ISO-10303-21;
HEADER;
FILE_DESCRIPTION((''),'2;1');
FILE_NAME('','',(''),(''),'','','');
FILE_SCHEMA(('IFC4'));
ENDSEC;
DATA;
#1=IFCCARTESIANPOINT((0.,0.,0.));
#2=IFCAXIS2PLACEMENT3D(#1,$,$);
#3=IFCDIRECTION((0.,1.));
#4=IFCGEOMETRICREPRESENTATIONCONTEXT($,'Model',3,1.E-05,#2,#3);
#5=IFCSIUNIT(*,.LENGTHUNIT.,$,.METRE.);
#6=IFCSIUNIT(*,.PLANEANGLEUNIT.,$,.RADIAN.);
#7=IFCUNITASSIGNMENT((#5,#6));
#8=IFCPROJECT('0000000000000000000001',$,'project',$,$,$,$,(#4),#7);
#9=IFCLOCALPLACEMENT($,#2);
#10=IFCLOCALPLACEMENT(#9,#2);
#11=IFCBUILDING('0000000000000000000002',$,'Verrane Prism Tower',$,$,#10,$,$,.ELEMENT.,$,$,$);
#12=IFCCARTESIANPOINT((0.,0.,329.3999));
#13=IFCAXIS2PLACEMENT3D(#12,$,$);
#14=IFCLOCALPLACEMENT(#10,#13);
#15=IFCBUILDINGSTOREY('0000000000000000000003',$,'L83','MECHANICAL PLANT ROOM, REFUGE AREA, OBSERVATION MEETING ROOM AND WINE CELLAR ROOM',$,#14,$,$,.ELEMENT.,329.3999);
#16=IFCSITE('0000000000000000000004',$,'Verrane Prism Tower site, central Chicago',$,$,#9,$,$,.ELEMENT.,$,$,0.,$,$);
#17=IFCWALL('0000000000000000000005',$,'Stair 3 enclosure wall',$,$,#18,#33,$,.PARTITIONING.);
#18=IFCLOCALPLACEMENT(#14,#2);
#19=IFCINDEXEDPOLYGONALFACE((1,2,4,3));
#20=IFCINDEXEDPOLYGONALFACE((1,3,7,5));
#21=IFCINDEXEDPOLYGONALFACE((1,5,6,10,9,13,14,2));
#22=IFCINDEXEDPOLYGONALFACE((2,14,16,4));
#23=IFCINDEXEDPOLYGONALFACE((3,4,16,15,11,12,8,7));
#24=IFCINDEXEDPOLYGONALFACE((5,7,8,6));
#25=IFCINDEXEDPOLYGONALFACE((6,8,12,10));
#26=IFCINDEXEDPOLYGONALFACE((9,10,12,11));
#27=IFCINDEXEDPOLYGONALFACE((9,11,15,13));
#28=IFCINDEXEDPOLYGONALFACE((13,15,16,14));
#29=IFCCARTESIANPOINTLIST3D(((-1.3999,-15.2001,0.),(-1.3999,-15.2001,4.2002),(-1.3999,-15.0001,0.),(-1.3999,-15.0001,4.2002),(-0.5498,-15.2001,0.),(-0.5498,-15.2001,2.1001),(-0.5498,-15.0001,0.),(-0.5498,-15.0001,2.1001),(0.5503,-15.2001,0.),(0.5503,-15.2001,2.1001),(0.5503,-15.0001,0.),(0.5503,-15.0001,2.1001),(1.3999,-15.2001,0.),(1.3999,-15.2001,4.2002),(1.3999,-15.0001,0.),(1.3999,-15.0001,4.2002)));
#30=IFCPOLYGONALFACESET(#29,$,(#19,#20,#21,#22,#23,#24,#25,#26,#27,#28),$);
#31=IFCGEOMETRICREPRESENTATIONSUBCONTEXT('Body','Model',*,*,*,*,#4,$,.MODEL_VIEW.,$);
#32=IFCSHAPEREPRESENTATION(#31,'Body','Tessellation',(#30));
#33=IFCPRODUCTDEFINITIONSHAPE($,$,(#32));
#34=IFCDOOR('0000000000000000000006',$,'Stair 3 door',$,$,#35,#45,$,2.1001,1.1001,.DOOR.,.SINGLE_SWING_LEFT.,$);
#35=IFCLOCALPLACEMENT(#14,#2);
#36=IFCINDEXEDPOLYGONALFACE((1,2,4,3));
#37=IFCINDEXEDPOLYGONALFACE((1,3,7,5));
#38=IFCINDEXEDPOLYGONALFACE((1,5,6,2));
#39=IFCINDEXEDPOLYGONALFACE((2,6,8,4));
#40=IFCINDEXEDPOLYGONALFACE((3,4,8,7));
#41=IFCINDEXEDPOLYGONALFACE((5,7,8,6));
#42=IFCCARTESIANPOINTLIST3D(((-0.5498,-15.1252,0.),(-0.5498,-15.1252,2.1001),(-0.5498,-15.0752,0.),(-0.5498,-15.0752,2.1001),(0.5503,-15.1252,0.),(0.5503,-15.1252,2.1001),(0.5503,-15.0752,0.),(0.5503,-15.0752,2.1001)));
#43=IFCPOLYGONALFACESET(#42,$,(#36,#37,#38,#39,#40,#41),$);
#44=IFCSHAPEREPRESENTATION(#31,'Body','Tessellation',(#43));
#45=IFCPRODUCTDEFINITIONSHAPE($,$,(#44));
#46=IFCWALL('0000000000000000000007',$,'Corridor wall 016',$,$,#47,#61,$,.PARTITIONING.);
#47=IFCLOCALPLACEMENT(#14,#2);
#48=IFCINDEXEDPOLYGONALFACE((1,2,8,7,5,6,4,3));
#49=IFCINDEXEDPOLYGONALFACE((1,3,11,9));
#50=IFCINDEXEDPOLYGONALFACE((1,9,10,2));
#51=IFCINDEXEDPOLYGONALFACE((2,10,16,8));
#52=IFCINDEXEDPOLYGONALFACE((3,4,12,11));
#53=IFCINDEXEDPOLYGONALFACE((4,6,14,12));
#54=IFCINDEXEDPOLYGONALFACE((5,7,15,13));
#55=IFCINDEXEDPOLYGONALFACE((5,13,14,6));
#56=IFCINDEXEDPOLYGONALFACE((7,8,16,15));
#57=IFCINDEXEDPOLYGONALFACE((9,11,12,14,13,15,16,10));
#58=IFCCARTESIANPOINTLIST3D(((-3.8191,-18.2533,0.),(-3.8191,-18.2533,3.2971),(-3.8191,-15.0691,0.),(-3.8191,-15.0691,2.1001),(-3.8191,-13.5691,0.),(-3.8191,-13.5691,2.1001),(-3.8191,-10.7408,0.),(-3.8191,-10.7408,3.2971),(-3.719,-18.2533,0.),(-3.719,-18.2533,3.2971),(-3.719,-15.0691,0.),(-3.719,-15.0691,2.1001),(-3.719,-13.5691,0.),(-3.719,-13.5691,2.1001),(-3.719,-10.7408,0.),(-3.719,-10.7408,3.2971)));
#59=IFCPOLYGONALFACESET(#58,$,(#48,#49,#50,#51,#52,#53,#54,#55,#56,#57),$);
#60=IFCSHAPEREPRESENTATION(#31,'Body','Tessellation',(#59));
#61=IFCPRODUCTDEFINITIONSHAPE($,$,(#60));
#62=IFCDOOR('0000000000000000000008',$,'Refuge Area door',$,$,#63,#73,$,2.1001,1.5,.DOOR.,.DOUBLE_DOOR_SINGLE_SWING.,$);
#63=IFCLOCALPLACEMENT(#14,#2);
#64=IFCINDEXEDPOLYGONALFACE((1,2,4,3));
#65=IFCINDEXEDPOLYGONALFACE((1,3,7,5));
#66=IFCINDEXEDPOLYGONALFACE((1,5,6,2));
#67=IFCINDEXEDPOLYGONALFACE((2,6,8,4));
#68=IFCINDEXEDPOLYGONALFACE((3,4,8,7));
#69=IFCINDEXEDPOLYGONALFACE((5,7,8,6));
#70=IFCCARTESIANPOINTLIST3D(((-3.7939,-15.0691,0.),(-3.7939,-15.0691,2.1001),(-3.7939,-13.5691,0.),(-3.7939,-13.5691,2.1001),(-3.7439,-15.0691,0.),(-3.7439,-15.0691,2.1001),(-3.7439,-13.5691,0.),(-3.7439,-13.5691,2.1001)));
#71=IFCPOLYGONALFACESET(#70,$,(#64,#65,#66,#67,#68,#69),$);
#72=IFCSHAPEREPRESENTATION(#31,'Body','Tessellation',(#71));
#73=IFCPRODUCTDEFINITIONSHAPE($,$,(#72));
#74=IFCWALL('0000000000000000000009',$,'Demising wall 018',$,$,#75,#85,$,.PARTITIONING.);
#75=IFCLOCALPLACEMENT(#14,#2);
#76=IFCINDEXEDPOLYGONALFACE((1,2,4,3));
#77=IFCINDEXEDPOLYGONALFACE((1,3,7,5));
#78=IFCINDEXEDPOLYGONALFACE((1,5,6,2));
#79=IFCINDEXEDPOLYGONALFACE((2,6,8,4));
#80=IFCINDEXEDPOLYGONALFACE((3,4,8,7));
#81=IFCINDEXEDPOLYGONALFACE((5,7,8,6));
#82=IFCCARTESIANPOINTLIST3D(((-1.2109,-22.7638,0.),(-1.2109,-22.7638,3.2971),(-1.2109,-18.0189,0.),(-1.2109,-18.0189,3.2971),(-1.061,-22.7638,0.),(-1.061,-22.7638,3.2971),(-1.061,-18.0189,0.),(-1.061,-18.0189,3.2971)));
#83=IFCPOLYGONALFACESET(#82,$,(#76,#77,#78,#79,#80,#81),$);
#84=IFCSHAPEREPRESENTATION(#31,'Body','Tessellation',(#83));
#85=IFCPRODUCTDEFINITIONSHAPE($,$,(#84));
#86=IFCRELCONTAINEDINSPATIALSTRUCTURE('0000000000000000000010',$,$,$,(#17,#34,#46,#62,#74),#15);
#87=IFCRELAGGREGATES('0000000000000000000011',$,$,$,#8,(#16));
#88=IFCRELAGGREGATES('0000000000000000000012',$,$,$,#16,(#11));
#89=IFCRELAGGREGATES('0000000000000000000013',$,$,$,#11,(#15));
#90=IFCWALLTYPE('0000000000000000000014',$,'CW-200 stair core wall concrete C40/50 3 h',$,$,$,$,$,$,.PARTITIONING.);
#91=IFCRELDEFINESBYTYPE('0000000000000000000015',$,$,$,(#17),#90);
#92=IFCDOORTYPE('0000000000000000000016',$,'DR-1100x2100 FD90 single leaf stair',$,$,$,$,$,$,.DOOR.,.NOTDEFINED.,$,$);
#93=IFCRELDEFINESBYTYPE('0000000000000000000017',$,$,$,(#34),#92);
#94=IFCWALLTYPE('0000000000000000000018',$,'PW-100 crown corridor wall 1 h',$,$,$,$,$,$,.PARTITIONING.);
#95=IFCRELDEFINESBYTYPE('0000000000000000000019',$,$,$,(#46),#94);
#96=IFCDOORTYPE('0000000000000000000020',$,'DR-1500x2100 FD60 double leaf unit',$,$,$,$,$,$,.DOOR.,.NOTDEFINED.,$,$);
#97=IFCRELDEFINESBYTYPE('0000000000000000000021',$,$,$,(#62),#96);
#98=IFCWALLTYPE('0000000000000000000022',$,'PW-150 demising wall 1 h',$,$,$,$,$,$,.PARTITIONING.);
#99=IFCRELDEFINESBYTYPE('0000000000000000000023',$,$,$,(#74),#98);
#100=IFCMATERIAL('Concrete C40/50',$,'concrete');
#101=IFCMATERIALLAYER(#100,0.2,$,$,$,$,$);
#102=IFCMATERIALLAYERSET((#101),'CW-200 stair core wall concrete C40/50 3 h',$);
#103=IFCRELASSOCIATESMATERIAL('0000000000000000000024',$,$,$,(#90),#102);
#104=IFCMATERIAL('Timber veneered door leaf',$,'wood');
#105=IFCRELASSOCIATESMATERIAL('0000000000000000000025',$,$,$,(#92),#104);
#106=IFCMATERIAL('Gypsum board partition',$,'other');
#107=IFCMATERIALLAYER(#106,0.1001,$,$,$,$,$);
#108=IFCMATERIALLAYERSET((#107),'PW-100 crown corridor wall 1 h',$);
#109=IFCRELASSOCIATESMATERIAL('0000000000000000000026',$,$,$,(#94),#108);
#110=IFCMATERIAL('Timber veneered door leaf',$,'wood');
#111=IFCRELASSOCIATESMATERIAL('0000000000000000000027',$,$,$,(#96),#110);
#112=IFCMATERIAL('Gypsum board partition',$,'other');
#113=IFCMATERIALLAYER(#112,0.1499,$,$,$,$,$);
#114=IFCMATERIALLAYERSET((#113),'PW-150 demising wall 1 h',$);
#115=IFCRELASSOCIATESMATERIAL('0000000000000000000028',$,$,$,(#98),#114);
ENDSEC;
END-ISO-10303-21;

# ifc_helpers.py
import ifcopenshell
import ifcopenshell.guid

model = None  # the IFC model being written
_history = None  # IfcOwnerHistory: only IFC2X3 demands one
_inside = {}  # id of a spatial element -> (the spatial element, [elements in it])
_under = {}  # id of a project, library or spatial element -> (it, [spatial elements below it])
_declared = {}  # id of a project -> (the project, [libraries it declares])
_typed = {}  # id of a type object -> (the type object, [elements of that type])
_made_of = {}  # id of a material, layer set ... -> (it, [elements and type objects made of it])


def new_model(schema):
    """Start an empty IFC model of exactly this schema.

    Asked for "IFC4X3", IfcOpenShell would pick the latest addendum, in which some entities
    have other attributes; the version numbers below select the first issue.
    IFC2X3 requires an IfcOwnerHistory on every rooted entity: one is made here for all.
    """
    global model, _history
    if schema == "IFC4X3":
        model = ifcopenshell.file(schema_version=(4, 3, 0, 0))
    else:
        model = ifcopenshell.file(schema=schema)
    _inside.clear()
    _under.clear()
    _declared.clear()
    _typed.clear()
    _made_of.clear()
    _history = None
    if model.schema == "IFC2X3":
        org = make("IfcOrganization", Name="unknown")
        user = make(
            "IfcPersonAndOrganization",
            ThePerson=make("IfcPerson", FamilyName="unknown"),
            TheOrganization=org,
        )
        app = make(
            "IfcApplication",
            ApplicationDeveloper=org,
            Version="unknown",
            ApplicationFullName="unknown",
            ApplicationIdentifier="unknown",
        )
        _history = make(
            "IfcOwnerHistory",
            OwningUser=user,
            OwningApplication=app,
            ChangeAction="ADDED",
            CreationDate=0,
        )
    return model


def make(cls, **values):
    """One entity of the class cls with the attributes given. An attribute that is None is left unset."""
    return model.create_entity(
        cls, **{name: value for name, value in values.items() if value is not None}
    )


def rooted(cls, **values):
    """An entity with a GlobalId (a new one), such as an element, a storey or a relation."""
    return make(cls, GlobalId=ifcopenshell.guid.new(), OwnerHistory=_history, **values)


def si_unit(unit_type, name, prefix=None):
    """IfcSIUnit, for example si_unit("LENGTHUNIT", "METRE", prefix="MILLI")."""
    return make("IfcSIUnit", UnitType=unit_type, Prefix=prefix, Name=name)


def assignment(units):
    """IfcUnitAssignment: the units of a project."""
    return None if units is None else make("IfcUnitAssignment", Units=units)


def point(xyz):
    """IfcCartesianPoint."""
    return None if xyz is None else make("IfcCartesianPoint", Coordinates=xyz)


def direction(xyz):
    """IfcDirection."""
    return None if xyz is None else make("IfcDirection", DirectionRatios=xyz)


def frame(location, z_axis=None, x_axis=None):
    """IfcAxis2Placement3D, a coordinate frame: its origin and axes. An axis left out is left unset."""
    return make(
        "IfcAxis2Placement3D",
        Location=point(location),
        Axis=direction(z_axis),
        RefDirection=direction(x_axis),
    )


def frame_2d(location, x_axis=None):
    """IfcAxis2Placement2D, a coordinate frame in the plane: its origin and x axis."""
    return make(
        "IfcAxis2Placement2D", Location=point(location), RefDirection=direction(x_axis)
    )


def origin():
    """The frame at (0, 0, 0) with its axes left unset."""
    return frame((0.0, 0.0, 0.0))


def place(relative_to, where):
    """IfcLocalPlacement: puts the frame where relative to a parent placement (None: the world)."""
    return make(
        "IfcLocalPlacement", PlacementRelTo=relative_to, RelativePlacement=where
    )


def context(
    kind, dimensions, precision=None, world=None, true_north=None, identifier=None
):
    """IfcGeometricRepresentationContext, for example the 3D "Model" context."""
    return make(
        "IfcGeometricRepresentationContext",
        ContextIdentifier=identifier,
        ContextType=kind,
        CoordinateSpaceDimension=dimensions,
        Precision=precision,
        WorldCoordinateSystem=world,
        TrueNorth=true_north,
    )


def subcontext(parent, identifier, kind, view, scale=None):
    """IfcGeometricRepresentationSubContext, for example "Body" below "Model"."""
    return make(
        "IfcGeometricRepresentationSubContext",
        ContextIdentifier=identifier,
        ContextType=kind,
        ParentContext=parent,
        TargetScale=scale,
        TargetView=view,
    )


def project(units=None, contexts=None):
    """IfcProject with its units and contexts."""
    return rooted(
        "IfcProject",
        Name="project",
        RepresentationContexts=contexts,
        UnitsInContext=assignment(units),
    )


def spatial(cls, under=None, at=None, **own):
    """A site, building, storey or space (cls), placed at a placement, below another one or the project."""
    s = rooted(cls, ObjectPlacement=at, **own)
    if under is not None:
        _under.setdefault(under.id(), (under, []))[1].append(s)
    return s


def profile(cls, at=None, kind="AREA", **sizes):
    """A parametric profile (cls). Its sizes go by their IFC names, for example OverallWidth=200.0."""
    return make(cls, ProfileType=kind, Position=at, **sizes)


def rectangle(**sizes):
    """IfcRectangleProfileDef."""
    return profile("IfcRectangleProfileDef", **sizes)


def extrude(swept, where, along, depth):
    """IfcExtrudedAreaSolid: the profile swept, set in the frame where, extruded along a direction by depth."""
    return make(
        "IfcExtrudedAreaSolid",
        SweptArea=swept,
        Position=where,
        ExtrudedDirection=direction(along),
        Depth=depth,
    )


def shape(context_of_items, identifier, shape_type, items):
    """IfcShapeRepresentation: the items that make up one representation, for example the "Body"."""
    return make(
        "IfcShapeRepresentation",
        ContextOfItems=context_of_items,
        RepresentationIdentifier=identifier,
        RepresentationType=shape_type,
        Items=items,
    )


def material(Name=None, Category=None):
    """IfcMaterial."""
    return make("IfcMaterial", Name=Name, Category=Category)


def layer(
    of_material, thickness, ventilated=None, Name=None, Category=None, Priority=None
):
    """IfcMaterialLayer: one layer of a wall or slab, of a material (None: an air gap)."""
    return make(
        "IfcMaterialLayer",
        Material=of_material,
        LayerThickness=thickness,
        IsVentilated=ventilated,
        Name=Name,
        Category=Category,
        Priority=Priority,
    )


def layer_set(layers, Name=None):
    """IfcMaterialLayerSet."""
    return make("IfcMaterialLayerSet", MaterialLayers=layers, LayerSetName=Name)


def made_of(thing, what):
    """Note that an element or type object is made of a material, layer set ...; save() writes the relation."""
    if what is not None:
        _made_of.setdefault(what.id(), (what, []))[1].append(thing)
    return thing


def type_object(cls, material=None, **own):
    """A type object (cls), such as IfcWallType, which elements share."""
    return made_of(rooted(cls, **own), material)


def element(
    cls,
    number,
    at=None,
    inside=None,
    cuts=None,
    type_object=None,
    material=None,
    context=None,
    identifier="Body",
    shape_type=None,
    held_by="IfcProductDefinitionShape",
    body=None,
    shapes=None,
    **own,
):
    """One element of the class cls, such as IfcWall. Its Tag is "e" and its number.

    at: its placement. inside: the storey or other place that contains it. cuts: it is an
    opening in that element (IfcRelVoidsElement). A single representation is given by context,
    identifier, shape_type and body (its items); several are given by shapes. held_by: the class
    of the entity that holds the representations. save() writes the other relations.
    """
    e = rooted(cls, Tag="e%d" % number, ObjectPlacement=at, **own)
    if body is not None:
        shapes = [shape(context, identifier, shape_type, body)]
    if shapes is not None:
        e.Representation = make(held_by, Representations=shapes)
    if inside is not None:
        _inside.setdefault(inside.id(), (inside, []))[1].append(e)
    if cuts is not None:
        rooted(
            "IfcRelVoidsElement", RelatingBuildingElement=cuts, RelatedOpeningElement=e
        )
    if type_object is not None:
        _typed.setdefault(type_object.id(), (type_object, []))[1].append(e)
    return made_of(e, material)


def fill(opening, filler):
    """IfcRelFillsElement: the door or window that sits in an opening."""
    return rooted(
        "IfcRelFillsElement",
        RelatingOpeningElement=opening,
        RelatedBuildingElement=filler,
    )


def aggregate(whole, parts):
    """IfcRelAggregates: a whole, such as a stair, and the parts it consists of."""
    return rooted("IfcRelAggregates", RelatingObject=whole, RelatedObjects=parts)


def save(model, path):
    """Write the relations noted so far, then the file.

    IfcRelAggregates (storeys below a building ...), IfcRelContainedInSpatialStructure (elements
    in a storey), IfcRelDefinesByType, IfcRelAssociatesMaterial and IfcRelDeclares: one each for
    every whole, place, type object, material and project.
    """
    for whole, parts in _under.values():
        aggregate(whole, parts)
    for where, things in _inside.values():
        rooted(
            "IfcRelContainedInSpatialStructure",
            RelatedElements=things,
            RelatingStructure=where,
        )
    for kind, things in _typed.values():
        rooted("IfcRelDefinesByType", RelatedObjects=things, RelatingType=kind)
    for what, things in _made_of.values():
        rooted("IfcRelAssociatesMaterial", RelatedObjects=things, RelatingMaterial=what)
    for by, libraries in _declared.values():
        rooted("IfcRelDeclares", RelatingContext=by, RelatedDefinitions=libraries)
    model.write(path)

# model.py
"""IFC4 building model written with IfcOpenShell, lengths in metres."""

from ifc_helpers import new_model, si_unit, direction, frame, frame_2d, origin, place, context, subcontext, project, spatial, rectangle, extrude, material, layer, layer_set, type_object, element, fill, save


model = new_model("IFC4")

# Units and contexts
model_context = context("Model", 3, precision=1e-05, world=origin(), true_north=direction((0.0, 1.0)))
body_context = subcontext(model_context, "Body", "Model", "MODEL_VIEW")
ifc_project = project(units=[si_unit("LENGTHUNIT", "METRE"), si_unit("PLANEANGLEUNIT", "RADIAN")], contexts=[model_context])

# Site, building, storey
site_placement = place(None, origin())
site = spatial("IfcSite", under=ifc_project, at=site_placement, Name="Verrane Prism Tower site, central Chicago", CompositionType="ELEMENT", RefElevation=0.0)
building_placement = place(site_placement, origin())
building = spatial("IfcBuilding", under=site, at=building_placement, Name="Verrane Prism Tower", CompositionType="ELEMENT")
storey_placement = place(building_placement, frame((0.0, 0.0, 329.3999)))
storey = spatial("IfcBuildingStorey", under=building, at=storey_placement, Name="L83", Description="MECHANICAL PLANT ROOM, REFUGE AREA, OBSERVATION MEETING ROOM AND WINE CELLAR ROOM", CompositionType="ELEMENT", Elevation=329.3999)

# Walls, openings, doors
ifc_material_1 = material(Name="Concrete C40/50", Category="concrete")
ifc_layer_1 = layer(ifc_material_1, 0.2)
ifc_layer_set_1 = layer_set([ifc_layer_1], Name="CW-200 stair core wall concrete C40/50 3 h")
wall_type_1 = type_object("IfcWallType", Name="CW-200 stair core wall concrete C40/50 3 h", PredefinedType="PARTITIONING", material=ifc_layer_set_1)
wall_1_placement = place(storey_placement, frame((-1.3999, -15.1001, 0.0), z_axis=(0.0, 0.0, 1.0), x_axis=(1.0, 0.0, 0.0)))
wall_1 = element("IfcWall", 1, at=wall_1_placement, inside=storey, type_object=wall_type_1, Name="Stair 3 enclosure wall", PredefinedType="PARTITIONING", context=body_context, shape_type="SweptSolid", body=[
    extrude(rectangle(XDim=2.7998, YDim=0.2, at=frame_2d((1.3999, 0.0))), origin(), (0.0, 0.0, 1.0), 4.2002),
])
opening_1_placement = place(wall_1_placement, frame((0.8501, 0.0, 0.0)))
opening_1 = element("IfcOpeningElement", 2, at=opening_1_placement, cuts=wall_1, PredefinedType="OPENING", context=body_context, shape_type="SweptSolid", body=[
    extrude(rectangle(XDim=1.1001, YDim=2.1001, at=frame_2d((0.55, 1.05))), frame((0.0, 0.1099, 0.0), z_axis=(0.0, -1.0, 0.0), x_axis=(1.0, 0.0, 0.0)), (0.0, 0.0, 1.0), 0.22),
])
ifc_material_2 = material(Name="Timber veneered door leaf", Category="wood")
door_type_1 = type_object("IfcDoorType", Name="DR-1100x2100 FD90 single leaf stair", OperationType="NOTDEFINED", PredefinedType="DOOR", material=ifc_material_2)
door_1_placement = place(opening_1_placement, origin())
door_1 = element("IfcDoor", 3, at=door_1_placement, inside=storey, type_object=door_type_1, Name="Stair 3 door", OperationType="SINGLE_SWING_LEFT", OverallHeight=2.1001, OverallWidth=1.1001, PredefinedType="DOOR", context=body_context, shape_type="SweptSolid", body=[
    extrude(rectangle(XDim=1.1001, YDim=2.1001, at=frame_2d((0.55, 1.05))), frame((0.0, 0.0249, 0.0), z_axis=(0.0, -1.0, 0.0), x_axis=(1.0, 0.0, 0.0)), (0.0, 0.0, 1.0), 0.05),
])
fill(opening_1, door_1)
ifc_material_3 = material(Name="Gypsum board partition", Category="other")
ifc_layer_2 = layer(ifc_material_3, 0.1001)
ifc_layer_set_2 = layer_set([ifc_layer_2], Name="PW-100 crown corridor wall 1 h")
wall_type_2 = type_object("IfcWallType", Name="PW-100 crown corridor wall 1 h", PredefinedType="PARTITIONING", material=ifc_layer_set_2)
wall_2_placement = place(storey_placement, frame((-3.769, -18.2534, 0.0), z_axis=(0.0, 0.0, 1.0), x_axis=(0.0, 1.0, 0.0)))
wall_2 = element("IfcWall", 4, at=wall_2_placement, inside=storey, type_object=wall_type_2, Name="Corridor wall 016", PredefinedType="PARTITIONING", context=body_context, shape_type="SweptSolid", body=[
    extrude(rectangle(XDim=7.5125, YDim=0.1001, at=frame_2d((3.7563, 0.0))), origin(), (0.0, 0.0, 1.0), 3.2971),
])
opening_2_placement = place(wall_2_placement, frame((3.1843, 0.0, 0.0)))
opening_2 = element("IfcOpeningElement", 5, at=opening_2_placement, cuts=wall_2, PredefinedType="OPENING", context=body_context, shape_type="SweptSolid", body=[
    extrude(rectangle(XDim=1.5, YDim=2.1001, at=frame_2d((0.75, 1.05))), frame((0.0, 0.0601, 0.0), z_axis=(0.0, -1.0, 0.0), x_axis=(1.0, 0.0, 0.0)), (0.0, 0.0, 1.0), 0.1201),
])
ifc_material_4 = material(Name="Timber veneered door leaf", Category="wood")
door_type_2 = type_object("IfcDoorType", Name="DR-1500x2100 FD60 double leaf unit", OperationType="NOTDEFINED", PredefinedType="DOOR", material=ifc_material_4)
door_2_placement = place(opening_2_placement, origin())
door_2 = element("IfcDoor", 6, at=door_2_placement, inside=storey, type_object=door_type_2, Name="Refuge Area door", OperationType="DOUBLE_DOOR_SINGLE_SWING", OverallHeight=2.1001, OverallWidth=1.5, PredefinedType="DOOR", context=body_context, shape_type="SweptSolid", body=[
    extrude(rectangle(XDim=1.5, YDim=2.1001, at=frame_2d((0.75, 1.05))), frame((0.0, 0.0249, 0.0), z_axis=(0.0, -1.0, 0.0), x_axis=(1.0, 0.0, 0.0)), (0.0, 0.0, 1.0), 0.05),
])
fill(opening_2, door_2)

# Wall
ifc_material_5 = material(Name="Gypsum board partition", Category="other")
ifc_layer_3 = layer(ifc_material_5, 0.1499)
ifc_layer_set_3 = layer_set([ifc_layer_3], Name="PW-150 demising wall 1 h")
wall_type_3 = type_object("IfcWallType", Name="PW-150 demising wall 1 h", PredefinedType="PARTITIONING", material=ifc_layer_set_3)
wall_3_placement = place(storey_placement, frame((-1.136, -22.7639, 0.0), z_axis=(0.0, 0.0, 1.0), x_axis=(0.0, 1.0, 0.0)))
element("IfcWall", 7, at=wall_3_placement, inside=storey, type_object=wall_type_3, Name="Demising wall 018", PredefinedType="PARTITIONING", context=body_context, shape_type="SweptSolid", body=[
    extrude(rectangle(XDim=4.7449, YDim=0.1499, at=frame_2d((2.3726, 0.0))), origin(), (0.0, 0.0, 1.0), 3.2971),
])

save(model, "model.ifc")
